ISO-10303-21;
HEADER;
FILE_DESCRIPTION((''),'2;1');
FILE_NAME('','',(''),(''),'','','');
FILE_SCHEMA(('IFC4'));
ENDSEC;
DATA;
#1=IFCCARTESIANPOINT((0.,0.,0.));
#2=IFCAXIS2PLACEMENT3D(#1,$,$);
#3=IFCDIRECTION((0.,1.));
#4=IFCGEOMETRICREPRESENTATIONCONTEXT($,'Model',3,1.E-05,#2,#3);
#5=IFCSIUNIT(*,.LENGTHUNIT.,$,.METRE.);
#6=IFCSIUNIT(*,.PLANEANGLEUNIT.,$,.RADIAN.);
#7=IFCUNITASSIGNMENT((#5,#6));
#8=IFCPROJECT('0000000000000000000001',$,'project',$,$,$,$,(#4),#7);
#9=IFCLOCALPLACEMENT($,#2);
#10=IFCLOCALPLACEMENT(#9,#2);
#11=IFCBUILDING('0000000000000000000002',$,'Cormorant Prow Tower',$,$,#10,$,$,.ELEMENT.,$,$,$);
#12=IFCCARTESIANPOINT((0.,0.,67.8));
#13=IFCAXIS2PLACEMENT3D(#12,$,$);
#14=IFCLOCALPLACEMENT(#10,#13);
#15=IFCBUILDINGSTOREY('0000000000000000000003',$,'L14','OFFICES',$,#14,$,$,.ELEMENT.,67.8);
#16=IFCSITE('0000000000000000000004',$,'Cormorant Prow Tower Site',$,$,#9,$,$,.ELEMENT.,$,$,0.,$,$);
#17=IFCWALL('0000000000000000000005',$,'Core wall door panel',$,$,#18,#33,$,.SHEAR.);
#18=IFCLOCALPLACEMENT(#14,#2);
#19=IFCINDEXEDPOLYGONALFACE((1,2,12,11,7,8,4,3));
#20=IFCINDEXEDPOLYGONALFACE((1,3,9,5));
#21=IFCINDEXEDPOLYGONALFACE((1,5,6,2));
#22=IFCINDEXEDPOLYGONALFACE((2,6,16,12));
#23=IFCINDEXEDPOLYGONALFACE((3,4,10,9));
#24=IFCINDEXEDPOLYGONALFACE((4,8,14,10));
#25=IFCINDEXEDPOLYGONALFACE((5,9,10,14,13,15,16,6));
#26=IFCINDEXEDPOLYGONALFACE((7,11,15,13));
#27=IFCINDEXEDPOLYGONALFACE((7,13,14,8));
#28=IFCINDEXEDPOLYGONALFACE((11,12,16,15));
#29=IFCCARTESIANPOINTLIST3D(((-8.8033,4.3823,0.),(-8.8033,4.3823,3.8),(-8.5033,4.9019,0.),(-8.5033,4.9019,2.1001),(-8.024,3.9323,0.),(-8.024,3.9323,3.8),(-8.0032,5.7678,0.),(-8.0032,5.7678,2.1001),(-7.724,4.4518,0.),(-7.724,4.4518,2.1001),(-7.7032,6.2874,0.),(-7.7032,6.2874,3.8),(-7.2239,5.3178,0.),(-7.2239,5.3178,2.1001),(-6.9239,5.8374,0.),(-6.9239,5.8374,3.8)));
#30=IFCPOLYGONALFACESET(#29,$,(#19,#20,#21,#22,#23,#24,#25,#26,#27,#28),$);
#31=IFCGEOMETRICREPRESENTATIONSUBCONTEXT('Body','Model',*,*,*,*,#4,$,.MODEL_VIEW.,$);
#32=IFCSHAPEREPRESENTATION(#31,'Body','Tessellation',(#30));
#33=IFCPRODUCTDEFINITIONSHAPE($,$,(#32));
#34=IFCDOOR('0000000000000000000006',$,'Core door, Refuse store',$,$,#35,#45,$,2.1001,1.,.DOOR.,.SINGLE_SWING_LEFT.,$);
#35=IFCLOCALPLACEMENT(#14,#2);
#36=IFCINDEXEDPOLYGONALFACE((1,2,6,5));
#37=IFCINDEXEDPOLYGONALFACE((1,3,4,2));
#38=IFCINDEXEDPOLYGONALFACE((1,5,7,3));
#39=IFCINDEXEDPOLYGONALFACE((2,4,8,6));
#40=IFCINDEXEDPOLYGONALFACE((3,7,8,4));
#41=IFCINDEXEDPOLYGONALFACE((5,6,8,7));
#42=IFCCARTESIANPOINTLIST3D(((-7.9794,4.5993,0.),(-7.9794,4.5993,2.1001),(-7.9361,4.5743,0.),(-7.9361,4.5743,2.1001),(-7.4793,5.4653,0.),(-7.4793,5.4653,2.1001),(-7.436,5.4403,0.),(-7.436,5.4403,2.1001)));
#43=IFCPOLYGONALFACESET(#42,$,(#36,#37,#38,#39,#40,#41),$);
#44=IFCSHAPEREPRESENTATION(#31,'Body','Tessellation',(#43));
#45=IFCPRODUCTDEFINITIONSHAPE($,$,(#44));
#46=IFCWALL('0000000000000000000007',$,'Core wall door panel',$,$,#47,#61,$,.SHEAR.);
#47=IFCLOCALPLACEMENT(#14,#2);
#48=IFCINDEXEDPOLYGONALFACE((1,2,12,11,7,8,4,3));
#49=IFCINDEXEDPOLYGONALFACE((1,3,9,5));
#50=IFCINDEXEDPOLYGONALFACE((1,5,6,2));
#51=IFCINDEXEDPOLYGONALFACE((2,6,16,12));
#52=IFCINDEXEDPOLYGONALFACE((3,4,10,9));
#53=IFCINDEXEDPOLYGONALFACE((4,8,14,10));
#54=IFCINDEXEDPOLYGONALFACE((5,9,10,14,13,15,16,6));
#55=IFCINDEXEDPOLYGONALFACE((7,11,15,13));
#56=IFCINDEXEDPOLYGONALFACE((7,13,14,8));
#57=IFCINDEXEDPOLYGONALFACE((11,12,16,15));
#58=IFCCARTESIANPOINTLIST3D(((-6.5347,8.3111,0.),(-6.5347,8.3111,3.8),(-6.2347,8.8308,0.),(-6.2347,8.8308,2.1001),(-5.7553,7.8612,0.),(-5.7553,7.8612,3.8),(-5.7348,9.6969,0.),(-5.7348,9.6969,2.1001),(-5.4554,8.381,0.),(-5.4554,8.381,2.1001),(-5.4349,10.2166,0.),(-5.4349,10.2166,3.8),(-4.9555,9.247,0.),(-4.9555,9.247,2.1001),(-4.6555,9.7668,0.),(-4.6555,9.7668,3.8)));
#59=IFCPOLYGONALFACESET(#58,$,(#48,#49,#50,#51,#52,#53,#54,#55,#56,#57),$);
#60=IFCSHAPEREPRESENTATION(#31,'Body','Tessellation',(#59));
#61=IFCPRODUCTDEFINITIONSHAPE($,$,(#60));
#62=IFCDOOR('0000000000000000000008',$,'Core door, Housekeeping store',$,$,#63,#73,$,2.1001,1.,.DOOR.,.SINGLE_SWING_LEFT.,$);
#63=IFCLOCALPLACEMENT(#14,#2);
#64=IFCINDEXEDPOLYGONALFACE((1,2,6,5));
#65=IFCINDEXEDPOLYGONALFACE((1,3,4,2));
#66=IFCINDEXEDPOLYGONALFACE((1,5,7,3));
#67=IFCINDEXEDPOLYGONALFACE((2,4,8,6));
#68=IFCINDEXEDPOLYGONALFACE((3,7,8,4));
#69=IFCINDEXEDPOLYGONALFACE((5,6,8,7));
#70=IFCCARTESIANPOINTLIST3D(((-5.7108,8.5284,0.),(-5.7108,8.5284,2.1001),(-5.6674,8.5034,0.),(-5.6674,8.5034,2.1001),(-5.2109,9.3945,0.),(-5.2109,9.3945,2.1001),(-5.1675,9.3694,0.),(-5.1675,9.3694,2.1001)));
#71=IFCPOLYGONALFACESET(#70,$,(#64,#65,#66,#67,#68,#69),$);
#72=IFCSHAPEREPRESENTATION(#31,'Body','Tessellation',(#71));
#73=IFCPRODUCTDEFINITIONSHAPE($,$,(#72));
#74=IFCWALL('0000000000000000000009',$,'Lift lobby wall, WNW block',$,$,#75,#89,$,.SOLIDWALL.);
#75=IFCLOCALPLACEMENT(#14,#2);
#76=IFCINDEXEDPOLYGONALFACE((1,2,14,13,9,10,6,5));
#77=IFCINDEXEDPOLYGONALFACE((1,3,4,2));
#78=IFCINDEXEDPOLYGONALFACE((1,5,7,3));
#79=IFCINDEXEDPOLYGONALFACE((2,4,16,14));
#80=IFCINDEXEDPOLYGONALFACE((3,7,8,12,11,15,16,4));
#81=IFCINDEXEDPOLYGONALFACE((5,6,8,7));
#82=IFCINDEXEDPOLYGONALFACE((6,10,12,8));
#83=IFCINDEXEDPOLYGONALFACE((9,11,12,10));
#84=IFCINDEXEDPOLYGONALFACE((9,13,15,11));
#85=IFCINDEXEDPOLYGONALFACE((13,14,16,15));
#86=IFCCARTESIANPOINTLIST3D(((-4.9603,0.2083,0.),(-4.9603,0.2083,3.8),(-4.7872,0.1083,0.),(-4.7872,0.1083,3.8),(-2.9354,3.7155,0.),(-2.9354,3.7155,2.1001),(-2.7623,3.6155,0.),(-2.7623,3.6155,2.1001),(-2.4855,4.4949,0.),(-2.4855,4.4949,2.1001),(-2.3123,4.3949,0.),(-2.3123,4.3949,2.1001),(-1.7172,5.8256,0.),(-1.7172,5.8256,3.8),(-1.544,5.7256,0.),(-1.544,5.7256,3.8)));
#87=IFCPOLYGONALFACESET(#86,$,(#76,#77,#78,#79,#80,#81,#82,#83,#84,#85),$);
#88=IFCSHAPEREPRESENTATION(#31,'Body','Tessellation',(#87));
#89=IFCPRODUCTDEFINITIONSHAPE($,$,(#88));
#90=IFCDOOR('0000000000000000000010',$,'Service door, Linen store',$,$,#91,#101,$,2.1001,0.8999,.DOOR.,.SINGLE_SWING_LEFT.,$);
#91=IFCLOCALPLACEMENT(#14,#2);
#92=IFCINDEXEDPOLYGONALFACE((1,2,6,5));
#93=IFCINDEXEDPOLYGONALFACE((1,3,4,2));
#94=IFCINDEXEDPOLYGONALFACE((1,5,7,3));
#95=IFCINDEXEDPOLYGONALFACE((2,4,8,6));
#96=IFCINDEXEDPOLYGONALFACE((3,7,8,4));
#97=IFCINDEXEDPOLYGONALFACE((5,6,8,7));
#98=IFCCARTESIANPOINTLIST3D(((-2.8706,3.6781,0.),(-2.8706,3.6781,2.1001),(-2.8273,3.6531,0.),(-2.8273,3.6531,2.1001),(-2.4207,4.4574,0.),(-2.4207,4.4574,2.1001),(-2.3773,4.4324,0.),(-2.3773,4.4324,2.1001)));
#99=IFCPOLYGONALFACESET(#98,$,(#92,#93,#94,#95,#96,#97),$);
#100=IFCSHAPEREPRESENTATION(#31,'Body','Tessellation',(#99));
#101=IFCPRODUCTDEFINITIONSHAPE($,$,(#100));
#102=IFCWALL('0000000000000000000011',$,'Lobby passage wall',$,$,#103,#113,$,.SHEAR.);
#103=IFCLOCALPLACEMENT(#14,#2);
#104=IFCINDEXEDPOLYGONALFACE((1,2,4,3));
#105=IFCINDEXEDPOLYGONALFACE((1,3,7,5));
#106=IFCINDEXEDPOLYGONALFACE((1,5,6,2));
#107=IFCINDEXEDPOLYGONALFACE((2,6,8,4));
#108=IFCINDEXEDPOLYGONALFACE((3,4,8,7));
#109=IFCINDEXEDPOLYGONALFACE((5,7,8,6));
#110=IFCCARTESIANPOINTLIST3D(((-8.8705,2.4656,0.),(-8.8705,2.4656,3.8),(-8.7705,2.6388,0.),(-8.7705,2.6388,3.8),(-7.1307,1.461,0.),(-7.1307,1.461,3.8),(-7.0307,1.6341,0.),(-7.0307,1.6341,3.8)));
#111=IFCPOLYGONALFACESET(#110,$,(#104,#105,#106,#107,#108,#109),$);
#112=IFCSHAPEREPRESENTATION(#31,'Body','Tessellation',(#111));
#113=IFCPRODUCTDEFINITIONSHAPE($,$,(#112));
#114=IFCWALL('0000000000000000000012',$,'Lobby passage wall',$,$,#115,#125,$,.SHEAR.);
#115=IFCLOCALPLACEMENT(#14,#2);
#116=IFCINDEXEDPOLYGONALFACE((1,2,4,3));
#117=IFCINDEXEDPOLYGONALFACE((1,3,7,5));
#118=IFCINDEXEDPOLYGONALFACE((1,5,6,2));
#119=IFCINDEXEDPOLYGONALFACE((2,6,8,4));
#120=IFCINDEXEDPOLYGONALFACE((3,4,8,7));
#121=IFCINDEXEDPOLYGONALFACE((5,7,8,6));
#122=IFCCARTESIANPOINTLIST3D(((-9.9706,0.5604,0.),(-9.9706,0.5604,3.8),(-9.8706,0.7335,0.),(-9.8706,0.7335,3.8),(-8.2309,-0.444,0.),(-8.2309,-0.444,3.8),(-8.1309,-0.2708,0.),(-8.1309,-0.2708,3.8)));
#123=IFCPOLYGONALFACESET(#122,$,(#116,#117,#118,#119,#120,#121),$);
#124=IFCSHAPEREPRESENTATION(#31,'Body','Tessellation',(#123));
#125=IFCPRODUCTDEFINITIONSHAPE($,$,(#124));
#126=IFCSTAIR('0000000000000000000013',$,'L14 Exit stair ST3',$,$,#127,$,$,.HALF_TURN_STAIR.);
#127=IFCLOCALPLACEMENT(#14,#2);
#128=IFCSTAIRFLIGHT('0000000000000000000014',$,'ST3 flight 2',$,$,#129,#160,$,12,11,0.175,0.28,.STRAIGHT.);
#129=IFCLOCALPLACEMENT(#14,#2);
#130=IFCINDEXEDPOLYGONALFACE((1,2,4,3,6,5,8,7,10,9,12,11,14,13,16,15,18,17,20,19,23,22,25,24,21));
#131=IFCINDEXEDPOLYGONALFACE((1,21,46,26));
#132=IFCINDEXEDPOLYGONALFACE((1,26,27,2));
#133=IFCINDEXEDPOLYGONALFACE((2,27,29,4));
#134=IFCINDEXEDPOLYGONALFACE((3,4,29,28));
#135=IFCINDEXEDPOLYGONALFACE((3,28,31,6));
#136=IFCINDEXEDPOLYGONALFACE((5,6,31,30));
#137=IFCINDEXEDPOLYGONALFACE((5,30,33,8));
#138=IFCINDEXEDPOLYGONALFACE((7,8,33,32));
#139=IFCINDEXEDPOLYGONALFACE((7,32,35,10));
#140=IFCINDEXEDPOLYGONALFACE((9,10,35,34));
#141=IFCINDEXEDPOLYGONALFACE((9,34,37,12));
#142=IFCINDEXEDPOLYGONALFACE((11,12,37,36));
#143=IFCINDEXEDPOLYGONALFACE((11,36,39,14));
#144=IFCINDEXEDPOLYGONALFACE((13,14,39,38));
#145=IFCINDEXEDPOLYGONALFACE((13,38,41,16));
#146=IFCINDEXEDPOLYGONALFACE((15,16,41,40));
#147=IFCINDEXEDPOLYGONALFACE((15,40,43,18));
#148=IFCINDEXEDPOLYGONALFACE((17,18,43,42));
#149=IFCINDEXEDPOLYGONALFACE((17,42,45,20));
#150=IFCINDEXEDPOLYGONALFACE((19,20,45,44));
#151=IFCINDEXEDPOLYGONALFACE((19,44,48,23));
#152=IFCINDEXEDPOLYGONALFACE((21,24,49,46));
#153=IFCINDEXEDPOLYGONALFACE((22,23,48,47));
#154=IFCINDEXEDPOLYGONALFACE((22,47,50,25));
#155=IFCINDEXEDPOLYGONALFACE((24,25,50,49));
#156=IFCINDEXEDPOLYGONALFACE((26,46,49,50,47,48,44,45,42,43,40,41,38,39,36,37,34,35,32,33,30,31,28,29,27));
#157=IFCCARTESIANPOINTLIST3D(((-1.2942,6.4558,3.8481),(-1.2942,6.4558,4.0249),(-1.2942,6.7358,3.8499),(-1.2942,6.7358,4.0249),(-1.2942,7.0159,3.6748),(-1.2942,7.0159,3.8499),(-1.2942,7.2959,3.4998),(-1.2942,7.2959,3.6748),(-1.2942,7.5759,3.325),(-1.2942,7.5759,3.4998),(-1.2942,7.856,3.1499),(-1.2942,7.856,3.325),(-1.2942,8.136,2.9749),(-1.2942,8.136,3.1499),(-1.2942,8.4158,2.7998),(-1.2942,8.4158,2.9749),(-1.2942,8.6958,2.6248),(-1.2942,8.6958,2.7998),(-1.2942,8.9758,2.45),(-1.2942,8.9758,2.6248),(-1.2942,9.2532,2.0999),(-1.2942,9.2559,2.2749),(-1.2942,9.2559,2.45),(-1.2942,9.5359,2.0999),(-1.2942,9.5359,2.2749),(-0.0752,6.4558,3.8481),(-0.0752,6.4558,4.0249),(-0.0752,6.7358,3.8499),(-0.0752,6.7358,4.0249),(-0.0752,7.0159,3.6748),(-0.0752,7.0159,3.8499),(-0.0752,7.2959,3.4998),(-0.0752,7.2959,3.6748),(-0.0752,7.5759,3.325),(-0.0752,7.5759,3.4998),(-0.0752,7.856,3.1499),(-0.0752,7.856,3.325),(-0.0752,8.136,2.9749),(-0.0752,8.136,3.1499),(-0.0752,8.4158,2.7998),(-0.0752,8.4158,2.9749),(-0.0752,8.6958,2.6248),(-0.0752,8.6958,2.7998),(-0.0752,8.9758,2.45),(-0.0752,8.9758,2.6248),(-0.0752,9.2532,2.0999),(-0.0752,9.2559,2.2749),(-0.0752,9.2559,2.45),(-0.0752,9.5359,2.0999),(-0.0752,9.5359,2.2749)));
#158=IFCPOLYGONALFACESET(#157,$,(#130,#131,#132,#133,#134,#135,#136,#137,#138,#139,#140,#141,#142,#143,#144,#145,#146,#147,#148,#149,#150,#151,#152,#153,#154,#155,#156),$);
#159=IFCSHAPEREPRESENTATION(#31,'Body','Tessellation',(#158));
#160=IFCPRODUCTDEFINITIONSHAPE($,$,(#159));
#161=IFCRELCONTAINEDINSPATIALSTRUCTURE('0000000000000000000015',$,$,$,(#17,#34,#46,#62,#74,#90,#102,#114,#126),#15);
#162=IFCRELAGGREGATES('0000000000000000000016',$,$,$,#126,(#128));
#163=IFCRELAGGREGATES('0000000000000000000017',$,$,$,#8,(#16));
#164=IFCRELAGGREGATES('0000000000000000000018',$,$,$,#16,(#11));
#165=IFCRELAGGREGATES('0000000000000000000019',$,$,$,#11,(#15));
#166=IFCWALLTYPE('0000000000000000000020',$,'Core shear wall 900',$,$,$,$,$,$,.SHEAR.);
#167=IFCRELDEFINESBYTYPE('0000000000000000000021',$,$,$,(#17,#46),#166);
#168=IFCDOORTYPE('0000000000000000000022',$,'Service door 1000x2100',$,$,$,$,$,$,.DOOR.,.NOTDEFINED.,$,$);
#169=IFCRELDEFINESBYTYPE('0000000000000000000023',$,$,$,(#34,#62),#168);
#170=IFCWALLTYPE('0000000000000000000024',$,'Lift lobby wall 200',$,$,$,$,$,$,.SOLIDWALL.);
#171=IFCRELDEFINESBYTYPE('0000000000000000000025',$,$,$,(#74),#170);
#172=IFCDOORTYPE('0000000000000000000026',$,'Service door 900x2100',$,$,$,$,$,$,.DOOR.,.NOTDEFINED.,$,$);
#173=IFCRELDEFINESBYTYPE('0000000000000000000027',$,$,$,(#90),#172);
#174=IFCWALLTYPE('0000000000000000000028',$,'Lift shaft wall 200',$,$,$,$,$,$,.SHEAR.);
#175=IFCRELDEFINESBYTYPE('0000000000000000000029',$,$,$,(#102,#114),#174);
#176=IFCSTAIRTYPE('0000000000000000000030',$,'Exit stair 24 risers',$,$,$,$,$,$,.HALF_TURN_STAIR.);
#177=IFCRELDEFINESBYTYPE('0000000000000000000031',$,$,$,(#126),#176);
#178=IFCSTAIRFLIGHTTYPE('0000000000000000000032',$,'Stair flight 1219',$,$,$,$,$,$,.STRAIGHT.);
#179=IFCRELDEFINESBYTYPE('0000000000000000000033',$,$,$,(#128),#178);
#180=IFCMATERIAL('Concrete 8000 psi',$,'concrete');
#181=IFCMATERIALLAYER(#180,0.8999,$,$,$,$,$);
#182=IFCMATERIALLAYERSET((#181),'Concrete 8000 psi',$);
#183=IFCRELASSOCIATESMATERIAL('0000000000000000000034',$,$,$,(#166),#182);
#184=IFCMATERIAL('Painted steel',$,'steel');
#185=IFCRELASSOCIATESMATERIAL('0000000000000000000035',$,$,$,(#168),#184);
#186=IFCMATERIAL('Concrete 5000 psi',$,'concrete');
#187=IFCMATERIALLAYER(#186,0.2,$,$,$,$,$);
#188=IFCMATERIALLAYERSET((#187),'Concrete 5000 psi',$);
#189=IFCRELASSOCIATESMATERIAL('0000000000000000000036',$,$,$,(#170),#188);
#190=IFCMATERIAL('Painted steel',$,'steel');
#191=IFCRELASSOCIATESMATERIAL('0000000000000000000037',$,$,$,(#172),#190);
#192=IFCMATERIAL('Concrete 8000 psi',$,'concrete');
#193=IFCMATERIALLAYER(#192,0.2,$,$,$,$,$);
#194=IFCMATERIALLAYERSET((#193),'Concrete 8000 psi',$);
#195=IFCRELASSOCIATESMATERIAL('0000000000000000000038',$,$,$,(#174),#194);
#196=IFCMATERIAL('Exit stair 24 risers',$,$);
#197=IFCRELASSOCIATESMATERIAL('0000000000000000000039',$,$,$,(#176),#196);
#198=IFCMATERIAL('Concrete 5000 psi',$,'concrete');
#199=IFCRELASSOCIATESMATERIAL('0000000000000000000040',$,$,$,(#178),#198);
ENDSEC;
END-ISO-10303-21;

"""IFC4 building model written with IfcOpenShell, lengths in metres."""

from ifc_helpers import new_model, si_unit, direction, frame, frame_2d, origin, place, context, subcontext, project, spatial, polyline, rectangle, outline, extrude, material, layer, layer_set, type_object, element, fill, aggregate, save


model = new_model("IFC4")

# Units and contexts
model_context = context("Model", 3, precision=1e-05, world=origin(), true_north=direction((0.0, 1.0)))
body_context = subcontext(model_context, "Body", "Model", "MODEL_VIEW")
ifc_project = project(units=[si_unit("LENGTHUNIT", "METRE"), si_unit("PLANEANGLEUNIT", "RADIAN")], contexts=[model_context])

# Site, building, storey
site_placement = place(None, origin())
site = spatial("IfcSite", under=ifc_project, at=site_placement, Name="Cormorant Prow Tower Site", CompositionType="ELEMENT", RefElevation=0.0)
building_placement = place(site_placement, origin())
building = spatial("IfcBuilding", under=site, at=building_placement, Name="Cormorant Prow Tower", CompositionType="ELEMENT")
storey_placement = place(building_placement, frame((0.0, 0.0, 67.8)))
storey = spatial("IfcBuildingStorey", under=building, at=storey_placement, Name="L14", Description="OFFICES", CompositionType="ELEMENT", Elevation=67.8)

# Shared definitions
ifc_material_1 = material(Name="Concrete 8000 psi", Category="concrete")
ifc_layer_1 = layer(ifc_material_1, 0.8999)
ifc_layer_set_1 = layer_set([ifc_layer_1], Name="Concrete 8000 psi")
wall_type_1 = type_object("IfcWallType", Name="Core shear wall 900", PredefinedType="SHEAR", material=ifc_layer_set_1)

# Walls, openings, doors
wall_1_placement = place(storey_placement, frame((-7.3135, 6.0625, 0.0), z_axis=(0.0, 0.0, 1.0), x_axis=(-0.500078, -0.86598, 0.0)))
wall_1 = element("IfcWall", 1, at=wall_1_placement, inside=storey, type_object=wall_type_1, Name="Core wall door panel", PredefinedType="SHEAR", context=body_context, shape_type="SweptSolid", body=[
    extrude(rectangle(XDim=2.2, YDim=0.8999, at=frame_2d((1.1001, 0.0))), origin(), (0.0, 0.0, 1.0), 3.8),
])
opening_1_placement = place(wall_1_placement, frame((0.6001, 0.0, 0.0)))
opening_1 = element("IfcOpeningElement", 2, at=opening_1_placement, cuts=wall_1, PredefinedType="OPENING", context=body_context, shape_type="SweptSolid", body=[
    extrude(rectangle(XDim=1.0, YDim=2.1001, at=frame_2d((0.5, 1.05))), frame((0.0, 0.46, 0.0), z_axis=(0.0, -1.0, 0.0), x_axis=(1.0, 0.0, 0.0)), (0.0, 0.0, 1.0), 0.9199),
])
ifc_material_2 = material(Name="Painted steel", Category="steel")
door_type_1 = type_object("IfcDoorType", Name="Service door 1000x2100", OperationType="NOTDEFINED", PredefinedType="DOOR", material=ifc_material_2)
door_1_placement = place(opening_1_placement, origin())
door_1 = element("IfcDoor", 3, at=door_1_placement, inside=storey, type_object=door_type_1, Name="Core door, Refuse store", OperationType="SINGLE_SWING_LEFT", OverallHeight=2.1001, OverallWidth=1.0, PredefinedType="DOOR", context=body_context, shape_type="SweptSolid", body=[
    extrude(rectangle(XDim=1.0, YDim=2.1001, at=frame_2d((0.5, 1.05))), frame((0.0, 0.2051, 0.0), z_axis=(0.0, -1.0, 0.0), x_axis=(1.0, 0.0, 0.0)), (0.0, 0.0, 1.0), 0.05),
])
fill(opening_1, door_1)
wall_2_placement = place(storey_placement, frame((-5.0452, 9.9917, 0.0), z_axis=(0.0, 0.0, 1.0), x_axis=(-0.499899, -0.866084, 0.0)))
wall_2 = element("IfcWall", 4, at=wall_2_placement, inside=storey, type_object=wall_type_1, Name="Core wall door panel", PredefinedType="SHEAR", context=body_context, shape_type="SweptSolid", body=[
    extrude(rectangle(XDim=2.2002, YDim=0.8999, at=frame_2d((1.1001, 0.0))), origin(), (0.0, 0.0, 1.0), 3.8),
])
opening_2_placement = place(wall_2_placement, frame((0.6001, 0.0, 0.0)))
opening_2 = element("IfcOpeningElement", 5, at=opening_2_placement, cuts=wall_2, PredefinedType="OPENING", context=body_context, shape_type="SweptSolid", body=[
    extrude(rectangle(XDim=1.0, YDim=2.1001, at=frame_2d((0.5, 1.05))), frame((0.0, 0.46, 0.0), z_axis=(0.0, -1.0, 0.0), x_axis=(1.0, 0.0, 0.0)), (0.0, 0.0, 1.0), 0.9199),
])
door_2_placement = place(opening_2_placement, origin())
door_2 = element("IfcDoor", 6, at=door_2_placement, inside=storey, type_object=door_type_1, Name="Core door, Housekeeping store", OperationType="SINGLE_SWING_LEFT", OverallHeight=2.1001, OverallWidth=1.0, PredefinedType="DOOR", context=body_context, shape_type="SweptSolid", body=[
    extrude(rectangle(XDim=1.0, YDim=2.1001, at=frame_2d((0.5, 1.05))), frame((0.0, 0.2051, 0.0), z_axis=(0.0, -1.0, 0.0), x_axis=(1.0, 0.0, 0.0)), (0.0, 0.0, 1.0), 0.05),
])
fill(opening_2, door_2)
ifc_material_3 = material(Name="Concrete 5000 psi", Category="concrete")
ifc_layer_2 = layer(ifc_material_3, 0.2)
ifc_layer_set_2 = layer_set([ifc_layer_2], Name="Concrete 5000 psi")
wall_type_2 = type_object("IfcWallType", Name="Lift lobby wall 200", PredefinedType="SOLIDWALL", material=ifc_layer_set_2)
wall_3_placement = place(storey_placement, frame((-1.6306, 5.7756, 0.0), z_axis=(0.0, 0.0, 1.0), x_axis=(-0.499993, -0.86603, 0.0)))
wall_3 = element("IfcWall", 7, at=wall_3_placement, inside=storey, type_object=wall_type_2, Name="Lift lobby wall, WNW block", PredefinedType="SOLIDWALL", context=body_context, shape_type="SweptSolid", body=[
    extrude(rectangle(XDim=6.4863, YDim=0.2, at=frame_2d((3.2432, 0.0))), origin(), (0.0, 0.0, 1.0), 3.8),
])
opening_3_placement = place(wall_3_placement, frame((1.5366, 0.0, 0.0)))
opening_3 = element("IfcOpeningElement", 8, at=opening_3_placement, cuts=wall_3, PredefinedType="OPENING", context=body_context, shape_type="SweptSolid", body=[
    extrude(rectangle(XDim=0.8999, YDim=2.1001, at=frame_2d((0.45, 1.05))), frame((0.0, 0.1099, 0.0), z_axis=(0.0, -1.0, 0.0), x_axis=(1.0, 0.0, 0.0)), (0.0, 0.0, 1.0), 0.22),
])
ifc_material_4 = material(Name="Painted steel", Category="steel")
door_type_2 = type_object("IfcDoorType", Name="Service door 900x2100", OperationType="NOTDEFINED", PredefinedType="DOOR", material=ifc_material_4)
door_3_placement = place(opening_3_placement, origin())
door_3 = element("IfcDoor", 9, at=door_3_placement, inside=storey, type_object=door_type_2, Name="Service door, Linen store", OperationType="SINGLE_SWING_LEFT", OverallHeight=2.1001, OverallWidth=0.8999, PredefinedType="DOOR", context=body_context, shape_type="SweptSolid", body=[
    extrude(rectangle(XDim=0.8999, YDim=2.1001, at=frame_2d((0.45, 1.05))), frame((0.0, 0.0249, 0.0), z_axis=(0.0, -1.0, 0.0), x_axis=(1.0, 0.0, 0.0)), (0.0, 0.0, 1.0), 0.05),
])
fill(opening_3, door_3)

# Walls
ifc_material_5 = material(Name="Concrete 8000 psi", Category="concrete")
ifc_layer_3 = layer(ifc_material_5, 0.2)
ifc_layer_set_3 = layer_set([ifc_layer_3], Name="Concrete 8000 psi")
wall_type_3 = type_object("IfcWallType", Name="Lift shaft wall 200", PredefinedType="SHEAR", material=ifc_layer_set_3)
wall_4_placement = place(storey_placement, frame((-7.0808, 1.5476, 0.0), z_axis=(0.0, 0.0, 1.0), x_axis=(-0.865983, 0.500073, 0.0)))
element("IfcWall", 10, at=wall_4_placement, inside=storey, type_object=wall_type_3, Name="Lobby passage wall", PredefinedType="SHEAR", context=body_context, shape_type="SweptSolid", body=[
    extrude(rectangle(XDim=2.009, YDim=0.2, at=frame_2d((1.0044, 0.0))), origin(), (0.0, 0.0, 1.0), 3.8),
])
wall_5_placement = place(storey_placement, frame((-8.1809, -0.3574, 0.0), z_axis=(0.0, 0.0, 1.0), x_axis=(-0.866036, 0.499982, 0.0)))
element("IfcWall", 11, at=wall_5_placement, inside=storey, type_object=wall_type_3, Name="Lobby passage wall", PredefinedType="SHEAR", context=body_context, shape_type="SweptSolid", body=[
    extrude(rectangle(XDim=2.0088, YDim=0.2, at=frame_2d((1.0044, 0.0))), origin(), (0.0, 0.0, 1.0), 3.8),
])

# Stair, stair flight
ifc_material_6 = material(Name="Exit stair 24 risers")
stair_type = type_object("IfcStairType", Name="Exit stair 24 risers", PredefinedType="HALF_TURN_STAIR", material=ifc_material_6)
stair_placement = place(storey_placement, origin())
stair = element("IfcStair", 12, at=stair_placement, inside=storey, type_object=stair_type, Name="L14 Exit stair ST3", PredefinedType="HALF_TURN_STAIR")
ifc_material_7 = material(Name="Concrete 5000 psi", Category="concrete")
stair_flight_type = type_object("IfcStairFlightType", Name="Stair flight 1219", PredefinedType="STRAIGHT", material=ifc_material_7)
stair_flight_placement = place(storey_placement, frame((-0.6846, 9.5359, 2.0999), z_axis=(0.0, 0.0, 1.0), x_axis=(0.0, -1.0, 0.0)))
stair_flight = element("IfcStairFlight", 13, at=stair_flight_placement, type_object=stair_flight_type, Name="ST3 flight 2", NumberOfRisers=12, NumberOfTreads=11, PredefinedType="STRAIGHT", RiserHeight=0.175, TreadLength=0.28, context=body_context, shape_type="SweptSolid", body=[
    extrude(outline(polyline([(0.0, 0.0), (0.0, 0.175), (0.28, 0.175), (0.28, 0.3501), (0.5601, 0.3501), (0.5601, 0.5249), (0.8401, 0.5249), (0.8401, 0.7), (1.1201, 0.7), (1.1201, 0.875), (1.3999, 0.875), (1.3999, 1.05), (1.6799, 1.05), (1.6799, 1.2251), (1.96, 1.2251), (1.96, 1.3999), (2.24, 1.3999), (2.24, 1.575), (2.52, 1.575), (2.52, 1.75), (2.8, 1.75), (2.8, 1.925), (3.0801, 1.925), (3.0801, 2.1001), (3.0801, 1.7483), (0.2827, 0.0), (0.0, 0.0)])), frame((0.0, 0.6094, 0.0), z_axis=(0.0, -1.0, 0.0), x_axis=(1.0, 0.0, 0.0)), (0.0, 0.0, 1.0), 1.219),
])
aggregate(stair, [stair_flight])

save(model, "model.ifc")
